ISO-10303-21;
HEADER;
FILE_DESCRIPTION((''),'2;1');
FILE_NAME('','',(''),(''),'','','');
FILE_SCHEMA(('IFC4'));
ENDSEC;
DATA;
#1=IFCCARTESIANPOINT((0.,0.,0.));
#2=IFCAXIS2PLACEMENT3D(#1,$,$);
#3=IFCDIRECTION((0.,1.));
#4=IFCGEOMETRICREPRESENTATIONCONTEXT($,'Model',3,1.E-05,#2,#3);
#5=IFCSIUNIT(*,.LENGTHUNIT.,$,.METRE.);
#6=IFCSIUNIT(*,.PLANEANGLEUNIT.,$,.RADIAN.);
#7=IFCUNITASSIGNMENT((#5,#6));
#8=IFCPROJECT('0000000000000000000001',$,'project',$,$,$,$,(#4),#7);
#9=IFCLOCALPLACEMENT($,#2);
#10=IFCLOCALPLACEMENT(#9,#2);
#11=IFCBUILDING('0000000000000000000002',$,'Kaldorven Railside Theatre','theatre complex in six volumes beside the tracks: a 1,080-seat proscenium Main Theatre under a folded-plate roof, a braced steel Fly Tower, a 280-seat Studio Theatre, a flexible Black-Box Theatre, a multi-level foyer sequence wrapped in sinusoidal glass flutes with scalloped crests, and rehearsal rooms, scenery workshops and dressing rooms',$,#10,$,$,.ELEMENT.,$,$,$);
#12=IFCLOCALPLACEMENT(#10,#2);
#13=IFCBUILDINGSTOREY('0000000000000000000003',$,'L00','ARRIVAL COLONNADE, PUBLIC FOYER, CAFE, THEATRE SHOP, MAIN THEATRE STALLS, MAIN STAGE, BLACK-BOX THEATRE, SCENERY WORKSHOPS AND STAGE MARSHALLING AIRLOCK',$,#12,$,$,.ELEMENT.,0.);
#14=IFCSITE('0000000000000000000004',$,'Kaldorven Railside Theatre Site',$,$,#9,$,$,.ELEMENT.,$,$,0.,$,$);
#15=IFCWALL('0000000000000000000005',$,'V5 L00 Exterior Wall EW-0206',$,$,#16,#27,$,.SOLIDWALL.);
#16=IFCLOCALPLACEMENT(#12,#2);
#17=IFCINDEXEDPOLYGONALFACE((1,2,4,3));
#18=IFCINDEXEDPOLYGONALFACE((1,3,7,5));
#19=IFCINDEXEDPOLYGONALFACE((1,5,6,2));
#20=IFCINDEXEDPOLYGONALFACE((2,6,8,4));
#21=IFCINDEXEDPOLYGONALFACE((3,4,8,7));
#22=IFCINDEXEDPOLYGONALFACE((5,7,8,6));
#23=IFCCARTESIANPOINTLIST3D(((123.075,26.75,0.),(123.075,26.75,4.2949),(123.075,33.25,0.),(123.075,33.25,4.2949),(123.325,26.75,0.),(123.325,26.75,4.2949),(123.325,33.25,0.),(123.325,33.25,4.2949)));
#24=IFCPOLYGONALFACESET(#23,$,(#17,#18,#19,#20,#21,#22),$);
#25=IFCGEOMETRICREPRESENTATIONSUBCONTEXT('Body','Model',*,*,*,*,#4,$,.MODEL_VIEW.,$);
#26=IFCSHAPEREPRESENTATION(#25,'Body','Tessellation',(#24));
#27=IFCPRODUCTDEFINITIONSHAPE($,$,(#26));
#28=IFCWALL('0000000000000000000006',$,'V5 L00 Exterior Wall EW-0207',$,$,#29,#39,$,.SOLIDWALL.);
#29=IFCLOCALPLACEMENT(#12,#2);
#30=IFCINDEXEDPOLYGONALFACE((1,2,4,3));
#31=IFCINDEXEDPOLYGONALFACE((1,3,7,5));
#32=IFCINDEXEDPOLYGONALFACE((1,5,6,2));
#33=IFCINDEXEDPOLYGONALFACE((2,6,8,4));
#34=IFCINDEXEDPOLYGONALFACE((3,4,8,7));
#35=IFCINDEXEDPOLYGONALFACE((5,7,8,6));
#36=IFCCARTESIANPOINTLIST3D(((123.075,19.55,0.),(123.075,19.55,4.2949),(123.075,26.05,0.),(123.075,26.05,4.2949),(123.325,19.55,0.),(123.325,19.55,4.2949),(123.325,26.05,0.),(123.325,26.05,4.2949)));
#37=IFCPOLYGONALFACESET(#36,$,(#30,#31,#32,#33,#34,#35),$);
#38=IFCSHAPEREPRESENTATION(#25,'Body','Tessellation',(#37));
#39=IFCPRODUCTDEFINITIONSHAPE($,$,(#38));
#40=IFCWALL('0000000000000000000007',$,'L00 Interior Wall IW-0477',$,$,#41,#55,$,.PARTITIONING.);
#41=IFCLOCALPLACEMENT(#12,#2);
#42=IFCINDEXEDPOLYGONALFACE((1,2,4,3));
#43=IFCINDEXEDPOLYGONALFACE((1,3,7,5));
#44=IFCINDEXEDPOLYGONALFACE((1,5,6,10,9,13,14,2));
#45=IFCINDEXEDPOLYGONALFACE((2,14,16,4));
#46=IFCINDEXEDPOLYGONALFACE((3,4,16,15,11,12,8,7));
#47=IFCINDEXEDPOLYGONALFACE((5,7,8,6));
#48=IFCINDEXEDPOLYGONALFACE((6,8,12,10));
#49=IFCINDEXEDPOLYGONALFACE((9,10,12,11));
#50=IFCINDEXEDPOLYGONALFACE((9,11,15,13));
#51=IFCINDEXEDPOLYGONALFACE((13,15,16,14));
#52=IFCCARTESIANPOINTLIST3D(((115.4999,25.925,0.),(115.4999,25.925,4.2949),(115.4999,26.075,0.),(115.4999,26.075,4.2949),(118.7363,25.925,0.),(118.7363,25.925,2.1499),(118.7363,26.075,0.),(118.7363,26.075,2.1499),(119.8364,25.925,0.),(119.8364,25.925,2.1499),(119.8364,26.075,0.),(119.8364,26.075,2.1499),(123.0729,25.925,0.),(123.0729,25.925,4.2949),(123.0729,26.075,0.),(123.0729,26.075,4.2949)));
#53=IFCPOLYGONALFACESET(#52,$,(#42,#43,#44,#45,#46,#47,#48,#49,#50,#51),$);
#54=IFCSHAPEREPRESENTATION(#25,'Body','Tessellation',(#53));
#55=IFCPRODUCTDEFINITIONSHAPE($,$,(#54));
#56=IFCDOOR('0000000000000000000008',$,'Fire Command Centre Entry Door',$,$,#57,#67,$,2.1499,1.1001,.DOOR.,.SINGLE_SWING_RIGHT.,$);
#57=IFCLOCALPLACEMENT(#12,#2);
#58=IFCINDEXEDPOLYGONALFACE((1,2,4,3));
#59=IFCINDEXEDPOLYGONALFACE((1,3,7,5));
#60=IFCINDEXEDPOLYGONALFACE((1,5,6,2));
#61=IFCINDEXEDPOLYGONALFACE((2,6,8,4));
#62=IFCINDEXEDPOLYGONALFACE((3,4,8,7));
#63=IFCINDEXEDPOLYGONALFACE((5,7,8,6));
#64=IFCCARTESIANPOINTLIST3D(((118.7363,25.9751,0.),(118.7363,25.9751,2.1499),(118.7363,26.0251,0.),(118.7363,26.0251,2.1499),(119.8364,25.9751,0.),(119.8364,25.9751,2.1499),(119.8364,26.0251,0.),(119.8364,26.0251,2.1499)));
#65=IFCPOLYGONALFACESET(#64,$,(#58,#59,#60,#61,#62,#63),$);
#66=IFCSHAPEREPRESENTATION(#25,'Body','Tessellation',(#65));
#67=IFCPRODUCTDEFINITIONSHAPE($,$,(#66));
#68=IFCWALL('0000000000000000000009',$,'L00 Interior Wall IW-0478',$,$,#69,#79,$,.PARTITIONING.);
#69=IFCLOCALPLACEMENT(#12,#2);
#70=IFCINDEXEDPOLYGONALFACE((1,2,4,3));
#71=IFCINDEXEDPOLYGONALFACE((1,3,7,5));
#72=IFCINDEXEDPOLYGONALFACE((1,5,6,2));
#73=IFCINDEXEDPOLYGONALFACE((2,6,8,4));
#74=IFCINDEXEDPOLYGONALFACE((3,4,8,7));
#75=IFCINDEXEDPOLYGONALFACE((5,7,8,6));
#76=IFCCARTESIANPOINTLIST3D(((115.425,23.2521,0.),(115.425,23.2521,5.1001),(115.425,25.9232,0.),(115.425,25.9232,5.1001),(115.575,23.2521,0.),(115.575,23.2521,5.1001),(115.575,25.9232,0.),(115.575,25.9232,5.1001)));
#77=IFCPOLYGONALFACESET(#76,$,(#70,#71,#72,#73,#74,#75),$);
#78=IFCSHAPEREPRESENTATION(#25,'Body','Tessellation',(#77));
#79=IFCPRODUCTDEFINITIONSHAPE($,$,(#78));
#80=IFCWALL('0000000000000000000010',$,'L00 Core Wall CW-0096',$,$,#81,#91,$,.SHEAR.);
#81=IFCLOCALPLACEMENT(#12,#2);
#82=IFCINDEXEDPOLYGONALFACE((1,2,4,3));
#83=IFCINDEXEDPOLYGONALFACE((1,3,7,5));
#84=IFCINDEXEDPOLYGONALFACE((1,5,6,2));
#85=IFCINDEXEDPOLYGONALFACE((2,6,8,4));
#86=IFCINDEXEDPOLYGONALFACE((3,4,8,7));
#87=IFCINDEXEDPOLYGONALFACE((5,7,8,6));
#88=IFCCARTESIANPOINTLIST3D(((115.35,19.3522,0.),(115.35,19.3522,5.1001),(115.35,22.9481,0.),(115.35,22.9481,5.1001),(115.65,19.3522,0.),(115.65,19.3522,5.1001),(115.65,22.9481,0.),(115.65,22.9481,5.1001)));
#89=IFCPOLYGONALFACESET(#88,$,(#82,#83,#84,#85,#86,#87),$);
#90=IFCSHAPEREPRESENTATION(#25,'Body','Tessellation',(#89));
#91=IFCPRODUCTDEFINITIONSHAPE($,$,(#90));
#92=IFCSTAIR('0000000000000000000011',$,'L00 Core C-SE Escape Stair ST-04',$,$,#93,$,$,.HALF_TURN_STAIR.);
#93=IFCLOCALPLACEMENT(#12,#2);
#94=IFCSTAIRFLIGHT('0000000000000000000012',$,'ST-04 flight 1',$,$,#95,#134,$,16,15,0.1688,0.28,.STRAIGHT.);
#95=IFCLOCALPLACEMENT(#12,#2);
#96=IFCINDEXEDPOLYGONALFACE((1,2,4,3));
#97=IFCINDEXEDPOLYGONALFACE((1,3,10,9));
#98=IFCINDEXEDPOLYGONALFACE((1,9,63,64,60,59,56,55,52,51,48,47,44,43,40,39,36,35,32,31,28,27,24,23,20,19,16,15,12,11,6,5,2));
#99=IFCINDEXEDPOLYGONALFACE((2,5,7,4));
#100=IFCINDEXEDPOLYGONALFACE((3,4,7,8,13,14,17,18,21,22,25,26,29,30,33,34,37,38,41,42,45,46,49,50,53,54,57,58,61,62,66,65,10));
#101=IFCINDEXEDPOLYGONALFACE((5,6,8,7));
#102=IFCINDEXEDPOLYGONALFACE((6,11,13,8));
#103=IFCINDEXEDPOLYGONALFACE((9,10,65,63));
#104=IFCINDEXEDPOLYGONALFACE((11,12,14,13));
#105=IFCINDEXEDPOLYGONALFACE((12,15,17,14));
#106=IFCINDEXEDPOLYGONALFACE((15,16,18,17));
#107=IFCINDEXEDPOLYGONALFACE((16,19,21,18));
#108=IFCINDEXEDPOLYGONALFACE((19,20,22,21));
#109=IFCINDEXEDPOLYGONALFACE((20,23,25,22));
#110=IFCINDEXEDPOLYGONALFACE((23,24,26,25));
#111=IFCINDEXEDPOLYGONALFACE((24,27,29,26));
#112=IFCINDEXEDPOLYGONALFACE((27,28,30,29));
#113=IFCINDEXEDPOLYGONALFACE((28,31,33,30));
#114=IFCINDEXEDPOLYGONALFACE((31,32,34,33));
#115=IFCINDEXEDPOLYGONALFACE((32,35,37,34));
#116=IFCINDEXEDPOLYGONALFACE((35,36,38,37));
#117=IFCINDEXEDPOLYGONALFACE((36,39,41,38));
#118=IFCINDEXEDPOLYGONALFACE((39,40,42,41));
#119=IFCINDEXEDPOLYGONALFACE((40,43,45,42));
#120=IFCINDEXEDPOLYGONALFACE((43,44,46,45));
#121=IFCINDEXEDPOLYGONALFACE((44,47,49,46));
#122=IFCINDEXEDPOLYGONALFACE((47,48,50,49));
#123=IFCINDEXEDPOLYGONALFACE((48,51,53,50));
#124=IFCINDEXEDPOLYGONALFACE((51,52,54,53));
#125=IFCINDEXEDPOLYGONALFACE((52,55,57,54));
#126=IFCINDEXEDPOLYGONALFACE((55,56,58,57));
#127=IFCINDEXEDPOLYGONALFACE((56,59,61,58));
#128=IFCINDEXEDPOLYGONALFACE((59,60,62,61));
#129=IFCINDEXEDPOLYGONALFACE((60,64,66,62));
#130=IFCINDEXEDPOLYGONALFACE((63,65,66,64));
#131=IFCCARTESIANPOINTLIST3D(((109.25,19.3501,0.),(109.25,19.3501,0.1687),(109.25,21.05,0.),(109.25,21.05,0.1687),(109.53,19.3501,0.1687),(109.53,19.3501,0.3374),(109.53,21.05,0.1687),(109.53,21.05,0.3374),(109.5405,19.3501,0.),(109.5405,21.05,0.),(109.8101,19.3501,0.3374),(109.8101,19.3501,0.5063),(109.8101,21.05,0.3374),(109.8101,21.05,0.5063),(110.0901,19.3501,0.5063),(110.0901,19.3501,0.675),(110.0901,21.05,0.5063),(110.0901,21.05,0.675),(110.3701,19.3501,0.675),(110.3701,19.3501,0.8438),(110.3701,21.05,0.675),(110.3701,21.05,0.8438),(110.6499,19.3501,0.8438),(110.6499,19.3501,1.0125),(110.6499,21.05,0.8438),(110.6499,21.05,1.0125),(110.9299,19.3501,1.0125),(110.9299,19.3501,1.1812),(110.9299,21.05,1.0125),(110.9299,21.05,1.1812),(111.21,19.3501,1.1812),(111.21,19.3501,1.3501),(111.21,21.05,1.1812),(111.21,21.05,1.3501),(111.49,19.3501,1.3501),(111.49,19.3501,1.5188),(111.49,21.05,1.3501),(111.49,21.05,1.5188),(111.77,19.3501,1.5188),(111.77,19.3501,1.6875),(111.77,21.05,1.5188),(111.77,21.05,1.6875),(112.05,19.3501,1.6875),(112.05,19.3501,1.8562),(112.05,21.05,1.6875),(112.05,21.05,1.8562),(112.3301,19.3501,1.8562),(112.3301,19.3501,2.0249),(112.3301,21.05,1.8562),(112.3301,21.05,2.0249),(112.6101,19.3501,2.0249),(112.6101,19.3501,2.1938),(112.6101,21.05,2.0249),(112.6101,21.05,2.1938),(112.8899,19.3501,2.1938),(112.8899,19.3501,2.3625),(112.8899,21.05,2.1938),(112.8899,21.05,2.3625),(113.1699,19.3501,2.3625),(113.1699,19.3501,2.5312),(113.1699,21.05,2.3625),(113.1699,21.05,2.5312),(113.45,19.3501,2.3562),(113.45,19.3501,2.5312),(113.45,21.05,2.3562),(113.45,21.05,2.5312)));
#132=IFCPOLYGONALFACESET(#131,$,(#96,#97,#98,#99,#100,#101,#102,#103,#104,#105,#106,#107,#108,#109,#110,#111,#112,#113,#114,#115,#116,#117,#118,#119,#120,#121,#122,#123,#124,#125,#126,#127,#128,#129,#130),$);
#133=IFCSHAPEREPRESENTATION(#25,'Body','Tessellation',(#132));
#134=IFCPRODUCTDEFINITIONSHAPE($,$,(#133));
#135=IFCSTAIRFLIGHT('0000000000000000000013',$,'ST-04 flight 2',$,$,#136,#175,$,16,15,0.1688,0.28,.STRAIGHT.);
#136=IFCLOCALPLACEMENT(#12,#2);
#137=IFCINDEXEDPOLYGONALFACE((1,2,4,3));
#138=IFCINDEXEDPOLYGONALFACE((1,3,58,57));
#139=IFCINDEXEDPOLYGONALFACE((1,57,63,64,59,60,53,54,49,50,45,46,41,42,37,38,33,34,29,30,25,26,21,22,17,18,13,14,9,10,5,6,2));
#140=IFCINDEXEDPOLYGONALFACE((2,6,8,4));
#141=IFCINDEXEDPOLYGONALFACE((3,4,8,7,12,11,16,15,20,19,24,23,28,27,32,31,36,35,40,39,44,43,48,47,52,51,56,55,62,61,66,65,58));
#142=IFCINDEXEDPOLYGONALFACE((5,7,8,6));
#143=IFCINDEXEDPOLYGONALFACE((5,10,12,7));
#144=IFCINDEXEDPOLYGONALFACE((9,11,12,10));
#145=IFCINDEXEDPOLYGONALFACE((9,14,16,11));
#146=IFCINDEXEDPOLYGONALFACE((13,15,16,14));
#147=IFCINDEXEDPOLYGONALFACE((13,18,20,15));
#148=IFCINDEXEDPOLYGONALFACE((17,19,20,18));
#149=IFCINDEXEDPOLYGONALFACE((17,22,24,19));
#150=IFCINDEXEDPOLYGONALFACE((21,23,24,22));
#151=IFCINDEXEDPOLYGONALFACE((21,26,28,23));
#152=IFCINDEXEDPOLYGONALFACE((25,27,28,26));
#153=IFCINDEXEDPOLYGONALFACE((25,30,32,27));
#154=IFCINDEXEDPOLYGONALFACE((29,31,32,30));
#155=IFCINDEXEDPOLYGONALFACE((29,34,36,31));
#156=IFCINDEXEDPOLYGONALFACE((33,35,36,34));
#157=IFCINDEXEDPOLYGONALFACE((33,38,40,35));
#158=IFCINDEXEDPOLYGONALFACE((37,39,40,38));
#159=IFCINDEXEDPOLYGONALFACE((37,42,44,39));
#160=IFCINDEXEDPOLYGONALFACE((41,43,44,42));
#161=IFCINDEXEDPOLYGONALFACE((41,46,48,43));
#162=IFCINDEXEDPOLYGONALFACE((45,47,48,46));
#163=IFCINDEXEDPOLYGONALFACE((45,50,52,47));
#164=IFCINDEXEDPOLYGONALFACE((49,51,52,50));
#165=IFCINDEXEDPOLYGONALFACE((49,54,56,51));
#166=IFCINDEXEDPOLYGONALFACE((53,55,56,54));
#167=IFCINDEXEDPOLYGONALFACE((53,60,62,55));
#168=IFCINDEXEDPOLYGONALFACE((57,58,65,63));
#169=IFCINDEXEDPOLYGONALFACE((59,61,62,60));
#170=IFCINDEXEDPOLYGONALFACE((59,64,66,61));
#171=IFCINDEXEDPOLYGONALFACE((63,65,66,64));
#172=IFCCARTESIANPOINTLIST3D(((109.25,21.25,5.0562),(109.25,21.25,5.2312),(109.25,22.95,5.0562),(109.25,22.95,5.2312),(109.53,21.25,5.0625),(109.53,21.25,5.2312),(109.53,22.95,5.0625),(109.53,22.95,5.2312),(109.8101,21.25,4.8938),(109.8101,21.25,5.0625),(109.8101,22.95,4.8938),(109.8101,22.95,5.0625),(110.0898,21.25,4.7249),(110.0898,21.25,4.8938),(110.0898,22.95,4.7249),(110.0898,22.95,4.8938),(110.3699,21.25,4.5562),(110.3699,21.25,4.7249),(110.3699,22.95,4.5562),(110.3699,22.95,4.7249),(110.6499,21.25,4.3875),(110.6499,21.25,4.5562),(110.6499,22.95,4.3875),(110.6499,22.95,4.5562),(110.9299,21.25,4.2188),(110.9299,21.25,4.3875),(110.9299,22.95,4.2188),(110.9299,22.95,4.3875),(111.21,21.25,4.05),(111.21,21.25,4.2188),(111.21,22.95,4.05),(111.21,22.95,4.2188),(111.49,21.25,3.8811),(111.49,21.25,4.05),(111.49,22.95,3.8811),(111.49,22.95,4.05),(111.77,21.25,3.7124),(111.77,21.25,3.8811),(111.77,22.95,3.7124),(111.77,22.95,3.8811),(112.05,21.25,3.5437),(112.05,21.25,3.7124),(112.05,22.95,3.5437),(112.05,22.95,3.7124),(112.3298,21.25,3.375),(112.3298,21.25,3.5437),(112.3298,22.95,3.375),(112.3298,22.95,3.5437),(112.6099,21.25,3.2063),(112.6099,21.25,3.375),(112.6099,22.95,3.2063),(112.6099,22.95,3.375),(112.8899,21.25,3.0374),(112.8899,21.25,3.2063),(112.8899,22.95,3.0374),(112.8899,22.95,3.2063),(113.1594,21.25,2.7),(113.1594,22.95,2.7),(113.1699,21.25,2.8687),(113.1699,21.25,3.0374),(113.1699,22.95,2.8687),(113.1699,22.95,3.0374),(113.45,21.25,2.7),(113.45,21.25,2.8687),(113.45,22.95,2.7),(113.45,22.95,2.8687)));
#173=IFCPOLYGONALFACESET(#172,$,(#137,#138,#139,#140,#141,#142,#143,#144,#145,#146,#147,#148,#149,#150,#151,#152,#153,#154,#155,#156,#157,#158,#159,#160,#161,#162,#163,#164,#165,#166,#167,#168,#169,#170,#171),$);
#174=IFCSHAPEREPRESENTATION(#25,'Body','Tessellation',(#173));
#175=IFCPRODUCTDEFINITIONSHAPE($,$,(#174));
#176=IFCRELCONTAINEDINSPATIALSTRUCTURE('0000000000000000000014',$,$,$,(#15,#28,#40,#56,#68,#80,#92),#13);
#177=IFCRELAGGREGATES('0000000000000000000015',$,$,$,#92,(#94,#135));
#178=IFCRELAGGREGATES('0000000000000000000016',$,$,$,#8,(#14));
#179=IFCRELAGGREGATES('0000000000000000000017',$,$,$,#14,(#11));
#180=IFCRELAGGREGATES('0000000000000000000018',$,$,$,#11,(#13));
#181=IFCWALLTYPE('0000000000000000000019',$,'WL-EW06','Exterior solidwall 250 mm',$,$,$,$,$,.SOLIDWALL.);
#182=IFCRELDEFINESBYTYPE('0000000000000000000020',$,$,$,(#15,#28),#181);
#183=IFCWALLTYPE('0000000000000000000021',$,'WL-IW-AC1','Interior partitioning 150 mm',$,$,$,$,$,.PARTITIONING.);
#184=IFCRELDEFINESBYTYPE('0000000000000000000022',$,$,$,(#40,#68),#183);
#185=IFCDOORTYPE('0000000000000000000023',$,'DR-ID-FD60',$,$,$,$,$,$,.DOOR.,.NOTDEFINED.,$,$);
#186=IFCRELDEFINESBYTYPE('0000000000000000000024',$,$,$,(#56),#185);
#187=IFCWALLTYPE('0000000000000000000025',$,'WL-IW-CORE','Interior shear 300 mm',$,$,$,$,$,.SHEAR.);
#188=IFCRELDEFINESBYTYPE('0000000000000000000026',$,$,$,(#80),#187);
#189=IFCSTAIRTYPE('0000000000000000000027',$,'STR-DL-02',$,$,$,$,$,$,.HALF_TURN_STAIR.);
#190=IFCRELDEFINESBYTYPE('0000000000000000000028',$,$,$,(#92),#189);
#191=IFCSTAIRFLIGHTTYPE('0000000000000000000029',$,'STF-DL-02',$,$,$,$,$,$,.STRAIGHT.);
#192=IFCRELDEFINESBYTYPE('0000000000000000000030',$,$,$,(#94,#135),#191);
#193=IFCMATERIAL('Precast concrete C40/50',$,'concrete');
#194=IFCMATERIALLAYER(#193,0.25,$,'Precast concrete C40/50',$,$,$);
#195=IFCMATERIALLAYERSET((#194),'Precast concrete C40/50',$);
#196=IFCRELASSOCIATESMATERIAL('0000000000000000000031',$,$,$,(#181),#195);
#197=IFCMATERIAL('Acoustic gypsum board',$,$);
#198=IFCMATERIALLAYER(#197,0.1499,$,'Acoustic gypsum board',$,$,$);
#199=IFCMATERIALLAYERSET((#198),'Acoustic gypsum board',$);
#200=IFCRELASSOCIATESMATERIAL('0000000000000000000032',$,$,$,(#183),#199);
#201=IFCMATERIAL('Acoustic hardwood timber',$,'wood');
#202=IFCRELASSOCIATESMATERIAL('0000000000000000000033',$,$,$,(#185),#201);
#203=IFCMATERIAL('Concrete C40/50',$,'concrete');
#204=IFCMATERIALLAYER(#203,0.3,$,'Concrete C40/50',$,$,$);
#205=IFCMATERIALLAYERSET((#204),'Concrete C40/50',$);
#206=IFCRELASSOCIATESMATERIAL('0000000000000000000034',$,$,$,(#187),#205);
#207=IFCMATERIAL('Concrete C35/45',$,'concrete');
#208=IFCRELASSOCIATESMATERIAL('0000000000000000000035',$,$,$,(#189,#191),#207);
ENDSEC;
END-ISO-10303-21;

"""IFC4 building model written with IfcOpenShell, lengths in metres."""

from ifc_helpers import new_model, si_unit, direction, frame, frame_2d, origin, place, context, subcontext, project, spatial, polyline, rectangle, outline, extrude, material, layer, layer_set, type_object, element, fill, aggregate, save


model = new_model("IFC4")

# Units and contexts
model_context = context("Model", 3, precision=1e-05, world=origin(), true_north=direction((0.0, 1.0)))
body_context = subcontext(model_context, "Body", "Model", "MODEL_VIEW")
ifc_project = project(units=[si_unit("LENGTHUNIT", "METRE"), si_unit("PLANEANGLEUNIT", "RADIAN")], contexts=[model_context])

# Site, building, storey
site_placement = place(None, origin())
site = spatial("IfcSite", under=ifc_project, at=site_placement, Name="Kaldorven Railside Theatre Site", CompositionType="ELEMENT", RefElevation=0.0)
building_placement = place(site_placement, origin())
building = spatial("IfcBuilding", under=site, at=building_placement, Name="Kaldorven Railside Theatre", Description="theatre complex in six volumes beside the tracks: a 1,080-seat proscenium Main Theatre under a folded-plate roof, a braced steel Fly Tower, a 280-seat Studio Theatre, a flexible Black-Box Theatre, a multi-level foyer sequence wrapped in sinusoidal glass flutes with scalloped crests, and rehearsal rooms, scenery workshops and dressing rooms", CompositionType="ELEMENT")
storey_placement = place(building_placement, origin())
storey = spatial("IfcBuildingStorey", under=building, at=storey_placement, Name="L00", Description="ARRIVAL COLONNADE, PUBLIC FOYER, CAFE, THEATRE SHOP, MAIN THEATRE STALLS, MAIN STAGE, BLACK-BOX THEATRE, SCENERY WORKSHOPS AND STAGE MARSHALLING AIRLOCK", CompositionType="ELEMENT", Elevation=0.0)

# Shared definitions
ifc_material_1 = material(Name="Concrete C40/50", Category="concrete")

# Walls
ifc_material_2 = material(Name="Precast concrete C40/50", Category="concrete")
ifc_layer_1 = layer(ifc_material_2, 0.25, Name="Precast concrete C40/50")
ifc_layer_set_1 = layer_set([ifc_layer_1], Name="Precast concrete C40/50")
wall_type_1 = type_object("IfcWallType", Name="WL-EW06", Description="Exterior solidwall 250 mm", PredefinedType="SOLIDWALL", material=ifc_layer_set_1)
for number, where, z_axis, x_axis, name in (
    (1, (123.2, 33.25, 0.0), (0.0, 0.0, 1.0), (0.0, -1.0, 0.0), "V5 L00 Exterior Wall EW-0206"),
    (2, (123.2, 26.05, 0.0), (0.0, 0.0, 1.0), (0.0, -1.0, 0.0), "V5 L00 Exterior Wall EW-0207"),
):
    element("IfcWall", number, at=place(storey_placement, frame(where, z_axis=z_axis, x_axis=x_axis)), inside=storey, type_object=wall_type_1, Name=name, PredefinedType="SOLIDWALL", context=body_context, shape_type="SweptSolid", body=[
        extrude(rectangle(XDim=6.5, YDim=0.25, at=frame_2d((3.25, 0.0))), origin(), (0.0, 0.0, 1.0), 4.2949),
    ])

# Wall, opening, door
ifc_material_3 = material(Name="Acoustic gypsum board")
ifc_layer_2 = layer(ifc_material_3, 0.1499, Name="Acoustic gypsum board")
ifc_layer_set_2 = layer_set([ifc_layer_2], Name="Acoustic gypsum board")
wall_type_2 = type_object("IfcWallType", Name="WL-IW-AC1", Description="Interior partitioning 150 mm", PredefinedType="PARTITIONING", material=ifc_layer_set_2)
wall_1_placement = place(storey_placement, frame((123.073, 26.0, 0.0), z_axis=(0.0, 0.0, 1.0), x_axis=(-1.0, 0.0, 0.0)))
wall_1 = element("IfcWall", 3, at=wall_1_placement, inside=storey, type_object=wall_type_2, Name="L00 Interior Wall IW-0477", PredefinedType="PARTITIONING", context=body_context, shape_type="SweptSolid", body=[
    extrude(rectangle(XDim=7.573, YDim=0.1499, at=frame_2d((3.7866, 0.0))), origin(), (0.0, 0.0, 1.0), 4.2949),
])
opening_placement = place(wall_1_placement, frame((3.2366, 0.0, 0.0)))
opening = element("IfcOpeningElement", 4, at=opening_placement, cuts=wall_1, PredefinedType="OPENING", context=body_context, shape_type="SweptSolid", body=[
    extrude(rectangle(XDim=1.1001, YDim=2.1499, at=frame_2d((0.55, 1.075))), frame((0.0, 0.085, 0.0), z_axis=(0.0, -1.0, 0.0), x_axis=(1.0, 0.0, 0.0)), (0.0, 0.0, 1.0), 0.1699),
])
ifc_material_4 = material(Name="Acoustic hardwood timber", Category="wood")
door_type = type_object("IfcDoorType", Name="DR-ID-FD60", OperationType="NOTDEFINED", PredefinedType="DOOR", material=ifc_material_4)
door_placement = place(opening_placement, origin())
door = element("IfcDoor", 5, at=door_placement, inside=storey, type_object=door_type, Name="Fire Command Centre Entry Door", OperationType="SINGLE_SWING_RIGHT", OverallHeight=2.1499, OverallWidth=1.1001, PredefinedType="DOOR", context=body_context, shape_type="SweptSolid", body=[
    extrude(rectangle(XDim=1.1001, YDim=2.1499, at=frame_2d((0.55, 1.075))), frame((0.0, 0.0249, 0.0), z_axis=(0.0, -1.0, 0.0), x_axis=(1.0, 0.0, 0.0)), (0.0, 0.0, 1.0), 0.05),
])
fill(opening, door)

# Walls
wall_2_placement = place(storey_placement, frame((115.5, 25.9231, 0.0), z_axis=(0.0, 0.0, 1.0), x_axis=(0.0, -1.0, 0.0)))
element("IfcWall", 6, at=wall_2_placement, inside=storey, type_object=wall_type_2, Name="L00 Interior Wall IW-0478", PredefinedType="PARTITIONING", context=body_context, shape_type="SweptSolid", body=[
    extrude(rectangle(XDim=2.6711, YDim=0.1499, at=frame_2d((1.3354, 0.0))), origin(), (0.0, 0.0, 1.0), 5.1001),
])
ifc_layer_3 = layer(ifc_material_1, 0.3, Name="Concrete C40/50")
ifc_layer_set_3 = layer_set([ifc_layer_3], Name="Concrete C40/50")
wall_type_3 = type_object("IfcWallType", Name="WL-IW-CORE", Description="Interior shear 300 mm", PredefinedType="SHEAR", material=ifc_layer_set_3)
wall_3_placement = place(storey_placement, frame((115.5, 22.948, 0.0), z_axis=(0.0, 0.0, 1.0), x_axis=(0.0, -1.0, 0.0)))
element("IfcWall", 7, at=wall_3_placement, inside=storey, type_object=wall_type_3, Name="L00 Core Wall CW-0096", PredefinedType="SHEAR", context=body_context, shape_type="SweptSolid", body=[
    extrude(rectangle(XDim=3.5959, YDim=0.3, at=frame_2d((1.7979, 0.0))), origin(), (0.0, 0.0, 1.0), 5.1001),
])

# Stair, stair flights
ifc_material_5 = material(Name="Concrete C35/45", Category="concrete")
stair_type = type_object("IfcStairType", Name="STR-DL-02", PredefinedType="HALF_TURN_STAIR", material=ifc_material_5)
stair_placement = place(storey_placement, origin())
stair = element("IfcStair", 8, at=stair_placement, inside=storey, type_object=stair_type, Name="L00 Core C-SE Escape Stair ST-04", PredefinedType="HALF_TURN_STAIR")
stair_flight_type = type_object("IfcStairFlightType", Name="STF-DL-02", PredefinedType="STRAIGHT", material=ifc_material_5)
stair_flight_1_placement = place(storey_placement, frame((109.25, 20.2, 0.0), z_axis=(0.0, 0.0, 1.0), x_axis=(1.0, 0.0, 0.0)))
stair_flight_1 = element("IfcStairFlight", 9, at=stair_flight_1_placement, type_object=stair_flight_type, Name="ST-04 flight 1", NumberOfRisers=16, NumberOfTreads=15, PredefinedType="STRAIGHT", RiserHeight=0.1688, TreadLength=0.28, context=body_context, shape_type="SweptSolid", body=[
    extrude(outline(polyline([(0.0, 0.0), (0.0, 0.1687), (0.28, 0.1687), (0.28, 0.3374), (0.5601, 0.3374), (0.5601, 0.5063), (0.8401, 0.5063), (0.8401, 0.675), (1.1201, 0.675), (1.1201, 0.8438), (1.3999, 0.8438), (1.3999, 1.0125), (1.6799, 1.0125), (1.6799, 1.1812), (1.96, 1.1812), (1.96, 1.3501), (2.24, 1.3501), (2.24, 1.5188), (2.52, 1.5188), (2.52, 1.6875), (2.8, 1.6875), (2.8, 1.8562), (3.0801, 1.8562), (3.0801, 2.0249), (3.3601, 2.0249), (3.3601, 2.1938), (3.6399, 2.1938), (3.6399, 2.3625), (3.9199, 2.3625), (3.9199, 2.5312), (4.2, 2.5312), (4.2, 2.7), (4.2, 2.3562), (0.2905, 0.0), (0.0, 0.0)])), frame((0.0, 0.8501, 0.0), z_axis=(0.0, -1.0, 0.0), x_axis=(1.0, 0.0, 0.0)), (0.0, 0.0, 1.0), 1.7),
])
stair_flight_2_placement = place(storey_placement, frame((113.45, 22.1001, 2.7), z_axis=(0.0, 0.0, 1.0), x_axis=(-1.0, 0.0, 0.0)))
stair_flight_2 = element("IfcStairFlight", 10, at=stair_flight_2_placement, type_object=stair_flight_type, Name="ST-04 flight 2", NumberOfRisers=16, NumberOfTreads=15, PredefinedType="STRAIGHT", RiserHeight=0.1688, TreadLength=0.28, context=body_context, shape_type="SweptSolid", body=[
    extrude(outline(polyline([(0.0, 0.0), (0.0, 0.1687), (0.28, 0.1687), (0.28, 0.3374), (0.5601, 0.3374), (0.5601, 0.5063), (0.8401, 0.5063), (0.8401, 0.675), (1.1201, 0.675), (1.1201, 0.8438), (1.3999, 0.8438), (1.3999, 1.0125), (1.6799, 1.0125), (1.6799, 1.1812), (1.96, 1.1812), (1.96, 1.3501), (2.24, 1.3501), (2.24, 1.5188), (2.52, 1.5188), (2.52, 1.6875), (2.8, 1.6875), (2.8, 1.8562), (3.0801, 1.8562), (3.0801, 2.0249), (3.3601, 2.0249), (3.3601, 2.1938), (3.6399, 2.1938), (3.6399, 2.3625), (3.9199, 2.3625), (3.9199, 2.5312), (4.2, 2.5312), (4.2, 2.7), (4.2, 2.3562), (0.2905, 0.0), (0.0, 0.0)])), frame((0.0, 0.8501, 0.0), z_axis=(0.0, -1.0, 0.0), x_axis=(1.0, 0.0, 0.0)), (0.0, 0.0, 1.0), 1.7),
])
aggregate(stair, [stair_flight_1, stair_flight_2])

save(model, "model.ifc")
